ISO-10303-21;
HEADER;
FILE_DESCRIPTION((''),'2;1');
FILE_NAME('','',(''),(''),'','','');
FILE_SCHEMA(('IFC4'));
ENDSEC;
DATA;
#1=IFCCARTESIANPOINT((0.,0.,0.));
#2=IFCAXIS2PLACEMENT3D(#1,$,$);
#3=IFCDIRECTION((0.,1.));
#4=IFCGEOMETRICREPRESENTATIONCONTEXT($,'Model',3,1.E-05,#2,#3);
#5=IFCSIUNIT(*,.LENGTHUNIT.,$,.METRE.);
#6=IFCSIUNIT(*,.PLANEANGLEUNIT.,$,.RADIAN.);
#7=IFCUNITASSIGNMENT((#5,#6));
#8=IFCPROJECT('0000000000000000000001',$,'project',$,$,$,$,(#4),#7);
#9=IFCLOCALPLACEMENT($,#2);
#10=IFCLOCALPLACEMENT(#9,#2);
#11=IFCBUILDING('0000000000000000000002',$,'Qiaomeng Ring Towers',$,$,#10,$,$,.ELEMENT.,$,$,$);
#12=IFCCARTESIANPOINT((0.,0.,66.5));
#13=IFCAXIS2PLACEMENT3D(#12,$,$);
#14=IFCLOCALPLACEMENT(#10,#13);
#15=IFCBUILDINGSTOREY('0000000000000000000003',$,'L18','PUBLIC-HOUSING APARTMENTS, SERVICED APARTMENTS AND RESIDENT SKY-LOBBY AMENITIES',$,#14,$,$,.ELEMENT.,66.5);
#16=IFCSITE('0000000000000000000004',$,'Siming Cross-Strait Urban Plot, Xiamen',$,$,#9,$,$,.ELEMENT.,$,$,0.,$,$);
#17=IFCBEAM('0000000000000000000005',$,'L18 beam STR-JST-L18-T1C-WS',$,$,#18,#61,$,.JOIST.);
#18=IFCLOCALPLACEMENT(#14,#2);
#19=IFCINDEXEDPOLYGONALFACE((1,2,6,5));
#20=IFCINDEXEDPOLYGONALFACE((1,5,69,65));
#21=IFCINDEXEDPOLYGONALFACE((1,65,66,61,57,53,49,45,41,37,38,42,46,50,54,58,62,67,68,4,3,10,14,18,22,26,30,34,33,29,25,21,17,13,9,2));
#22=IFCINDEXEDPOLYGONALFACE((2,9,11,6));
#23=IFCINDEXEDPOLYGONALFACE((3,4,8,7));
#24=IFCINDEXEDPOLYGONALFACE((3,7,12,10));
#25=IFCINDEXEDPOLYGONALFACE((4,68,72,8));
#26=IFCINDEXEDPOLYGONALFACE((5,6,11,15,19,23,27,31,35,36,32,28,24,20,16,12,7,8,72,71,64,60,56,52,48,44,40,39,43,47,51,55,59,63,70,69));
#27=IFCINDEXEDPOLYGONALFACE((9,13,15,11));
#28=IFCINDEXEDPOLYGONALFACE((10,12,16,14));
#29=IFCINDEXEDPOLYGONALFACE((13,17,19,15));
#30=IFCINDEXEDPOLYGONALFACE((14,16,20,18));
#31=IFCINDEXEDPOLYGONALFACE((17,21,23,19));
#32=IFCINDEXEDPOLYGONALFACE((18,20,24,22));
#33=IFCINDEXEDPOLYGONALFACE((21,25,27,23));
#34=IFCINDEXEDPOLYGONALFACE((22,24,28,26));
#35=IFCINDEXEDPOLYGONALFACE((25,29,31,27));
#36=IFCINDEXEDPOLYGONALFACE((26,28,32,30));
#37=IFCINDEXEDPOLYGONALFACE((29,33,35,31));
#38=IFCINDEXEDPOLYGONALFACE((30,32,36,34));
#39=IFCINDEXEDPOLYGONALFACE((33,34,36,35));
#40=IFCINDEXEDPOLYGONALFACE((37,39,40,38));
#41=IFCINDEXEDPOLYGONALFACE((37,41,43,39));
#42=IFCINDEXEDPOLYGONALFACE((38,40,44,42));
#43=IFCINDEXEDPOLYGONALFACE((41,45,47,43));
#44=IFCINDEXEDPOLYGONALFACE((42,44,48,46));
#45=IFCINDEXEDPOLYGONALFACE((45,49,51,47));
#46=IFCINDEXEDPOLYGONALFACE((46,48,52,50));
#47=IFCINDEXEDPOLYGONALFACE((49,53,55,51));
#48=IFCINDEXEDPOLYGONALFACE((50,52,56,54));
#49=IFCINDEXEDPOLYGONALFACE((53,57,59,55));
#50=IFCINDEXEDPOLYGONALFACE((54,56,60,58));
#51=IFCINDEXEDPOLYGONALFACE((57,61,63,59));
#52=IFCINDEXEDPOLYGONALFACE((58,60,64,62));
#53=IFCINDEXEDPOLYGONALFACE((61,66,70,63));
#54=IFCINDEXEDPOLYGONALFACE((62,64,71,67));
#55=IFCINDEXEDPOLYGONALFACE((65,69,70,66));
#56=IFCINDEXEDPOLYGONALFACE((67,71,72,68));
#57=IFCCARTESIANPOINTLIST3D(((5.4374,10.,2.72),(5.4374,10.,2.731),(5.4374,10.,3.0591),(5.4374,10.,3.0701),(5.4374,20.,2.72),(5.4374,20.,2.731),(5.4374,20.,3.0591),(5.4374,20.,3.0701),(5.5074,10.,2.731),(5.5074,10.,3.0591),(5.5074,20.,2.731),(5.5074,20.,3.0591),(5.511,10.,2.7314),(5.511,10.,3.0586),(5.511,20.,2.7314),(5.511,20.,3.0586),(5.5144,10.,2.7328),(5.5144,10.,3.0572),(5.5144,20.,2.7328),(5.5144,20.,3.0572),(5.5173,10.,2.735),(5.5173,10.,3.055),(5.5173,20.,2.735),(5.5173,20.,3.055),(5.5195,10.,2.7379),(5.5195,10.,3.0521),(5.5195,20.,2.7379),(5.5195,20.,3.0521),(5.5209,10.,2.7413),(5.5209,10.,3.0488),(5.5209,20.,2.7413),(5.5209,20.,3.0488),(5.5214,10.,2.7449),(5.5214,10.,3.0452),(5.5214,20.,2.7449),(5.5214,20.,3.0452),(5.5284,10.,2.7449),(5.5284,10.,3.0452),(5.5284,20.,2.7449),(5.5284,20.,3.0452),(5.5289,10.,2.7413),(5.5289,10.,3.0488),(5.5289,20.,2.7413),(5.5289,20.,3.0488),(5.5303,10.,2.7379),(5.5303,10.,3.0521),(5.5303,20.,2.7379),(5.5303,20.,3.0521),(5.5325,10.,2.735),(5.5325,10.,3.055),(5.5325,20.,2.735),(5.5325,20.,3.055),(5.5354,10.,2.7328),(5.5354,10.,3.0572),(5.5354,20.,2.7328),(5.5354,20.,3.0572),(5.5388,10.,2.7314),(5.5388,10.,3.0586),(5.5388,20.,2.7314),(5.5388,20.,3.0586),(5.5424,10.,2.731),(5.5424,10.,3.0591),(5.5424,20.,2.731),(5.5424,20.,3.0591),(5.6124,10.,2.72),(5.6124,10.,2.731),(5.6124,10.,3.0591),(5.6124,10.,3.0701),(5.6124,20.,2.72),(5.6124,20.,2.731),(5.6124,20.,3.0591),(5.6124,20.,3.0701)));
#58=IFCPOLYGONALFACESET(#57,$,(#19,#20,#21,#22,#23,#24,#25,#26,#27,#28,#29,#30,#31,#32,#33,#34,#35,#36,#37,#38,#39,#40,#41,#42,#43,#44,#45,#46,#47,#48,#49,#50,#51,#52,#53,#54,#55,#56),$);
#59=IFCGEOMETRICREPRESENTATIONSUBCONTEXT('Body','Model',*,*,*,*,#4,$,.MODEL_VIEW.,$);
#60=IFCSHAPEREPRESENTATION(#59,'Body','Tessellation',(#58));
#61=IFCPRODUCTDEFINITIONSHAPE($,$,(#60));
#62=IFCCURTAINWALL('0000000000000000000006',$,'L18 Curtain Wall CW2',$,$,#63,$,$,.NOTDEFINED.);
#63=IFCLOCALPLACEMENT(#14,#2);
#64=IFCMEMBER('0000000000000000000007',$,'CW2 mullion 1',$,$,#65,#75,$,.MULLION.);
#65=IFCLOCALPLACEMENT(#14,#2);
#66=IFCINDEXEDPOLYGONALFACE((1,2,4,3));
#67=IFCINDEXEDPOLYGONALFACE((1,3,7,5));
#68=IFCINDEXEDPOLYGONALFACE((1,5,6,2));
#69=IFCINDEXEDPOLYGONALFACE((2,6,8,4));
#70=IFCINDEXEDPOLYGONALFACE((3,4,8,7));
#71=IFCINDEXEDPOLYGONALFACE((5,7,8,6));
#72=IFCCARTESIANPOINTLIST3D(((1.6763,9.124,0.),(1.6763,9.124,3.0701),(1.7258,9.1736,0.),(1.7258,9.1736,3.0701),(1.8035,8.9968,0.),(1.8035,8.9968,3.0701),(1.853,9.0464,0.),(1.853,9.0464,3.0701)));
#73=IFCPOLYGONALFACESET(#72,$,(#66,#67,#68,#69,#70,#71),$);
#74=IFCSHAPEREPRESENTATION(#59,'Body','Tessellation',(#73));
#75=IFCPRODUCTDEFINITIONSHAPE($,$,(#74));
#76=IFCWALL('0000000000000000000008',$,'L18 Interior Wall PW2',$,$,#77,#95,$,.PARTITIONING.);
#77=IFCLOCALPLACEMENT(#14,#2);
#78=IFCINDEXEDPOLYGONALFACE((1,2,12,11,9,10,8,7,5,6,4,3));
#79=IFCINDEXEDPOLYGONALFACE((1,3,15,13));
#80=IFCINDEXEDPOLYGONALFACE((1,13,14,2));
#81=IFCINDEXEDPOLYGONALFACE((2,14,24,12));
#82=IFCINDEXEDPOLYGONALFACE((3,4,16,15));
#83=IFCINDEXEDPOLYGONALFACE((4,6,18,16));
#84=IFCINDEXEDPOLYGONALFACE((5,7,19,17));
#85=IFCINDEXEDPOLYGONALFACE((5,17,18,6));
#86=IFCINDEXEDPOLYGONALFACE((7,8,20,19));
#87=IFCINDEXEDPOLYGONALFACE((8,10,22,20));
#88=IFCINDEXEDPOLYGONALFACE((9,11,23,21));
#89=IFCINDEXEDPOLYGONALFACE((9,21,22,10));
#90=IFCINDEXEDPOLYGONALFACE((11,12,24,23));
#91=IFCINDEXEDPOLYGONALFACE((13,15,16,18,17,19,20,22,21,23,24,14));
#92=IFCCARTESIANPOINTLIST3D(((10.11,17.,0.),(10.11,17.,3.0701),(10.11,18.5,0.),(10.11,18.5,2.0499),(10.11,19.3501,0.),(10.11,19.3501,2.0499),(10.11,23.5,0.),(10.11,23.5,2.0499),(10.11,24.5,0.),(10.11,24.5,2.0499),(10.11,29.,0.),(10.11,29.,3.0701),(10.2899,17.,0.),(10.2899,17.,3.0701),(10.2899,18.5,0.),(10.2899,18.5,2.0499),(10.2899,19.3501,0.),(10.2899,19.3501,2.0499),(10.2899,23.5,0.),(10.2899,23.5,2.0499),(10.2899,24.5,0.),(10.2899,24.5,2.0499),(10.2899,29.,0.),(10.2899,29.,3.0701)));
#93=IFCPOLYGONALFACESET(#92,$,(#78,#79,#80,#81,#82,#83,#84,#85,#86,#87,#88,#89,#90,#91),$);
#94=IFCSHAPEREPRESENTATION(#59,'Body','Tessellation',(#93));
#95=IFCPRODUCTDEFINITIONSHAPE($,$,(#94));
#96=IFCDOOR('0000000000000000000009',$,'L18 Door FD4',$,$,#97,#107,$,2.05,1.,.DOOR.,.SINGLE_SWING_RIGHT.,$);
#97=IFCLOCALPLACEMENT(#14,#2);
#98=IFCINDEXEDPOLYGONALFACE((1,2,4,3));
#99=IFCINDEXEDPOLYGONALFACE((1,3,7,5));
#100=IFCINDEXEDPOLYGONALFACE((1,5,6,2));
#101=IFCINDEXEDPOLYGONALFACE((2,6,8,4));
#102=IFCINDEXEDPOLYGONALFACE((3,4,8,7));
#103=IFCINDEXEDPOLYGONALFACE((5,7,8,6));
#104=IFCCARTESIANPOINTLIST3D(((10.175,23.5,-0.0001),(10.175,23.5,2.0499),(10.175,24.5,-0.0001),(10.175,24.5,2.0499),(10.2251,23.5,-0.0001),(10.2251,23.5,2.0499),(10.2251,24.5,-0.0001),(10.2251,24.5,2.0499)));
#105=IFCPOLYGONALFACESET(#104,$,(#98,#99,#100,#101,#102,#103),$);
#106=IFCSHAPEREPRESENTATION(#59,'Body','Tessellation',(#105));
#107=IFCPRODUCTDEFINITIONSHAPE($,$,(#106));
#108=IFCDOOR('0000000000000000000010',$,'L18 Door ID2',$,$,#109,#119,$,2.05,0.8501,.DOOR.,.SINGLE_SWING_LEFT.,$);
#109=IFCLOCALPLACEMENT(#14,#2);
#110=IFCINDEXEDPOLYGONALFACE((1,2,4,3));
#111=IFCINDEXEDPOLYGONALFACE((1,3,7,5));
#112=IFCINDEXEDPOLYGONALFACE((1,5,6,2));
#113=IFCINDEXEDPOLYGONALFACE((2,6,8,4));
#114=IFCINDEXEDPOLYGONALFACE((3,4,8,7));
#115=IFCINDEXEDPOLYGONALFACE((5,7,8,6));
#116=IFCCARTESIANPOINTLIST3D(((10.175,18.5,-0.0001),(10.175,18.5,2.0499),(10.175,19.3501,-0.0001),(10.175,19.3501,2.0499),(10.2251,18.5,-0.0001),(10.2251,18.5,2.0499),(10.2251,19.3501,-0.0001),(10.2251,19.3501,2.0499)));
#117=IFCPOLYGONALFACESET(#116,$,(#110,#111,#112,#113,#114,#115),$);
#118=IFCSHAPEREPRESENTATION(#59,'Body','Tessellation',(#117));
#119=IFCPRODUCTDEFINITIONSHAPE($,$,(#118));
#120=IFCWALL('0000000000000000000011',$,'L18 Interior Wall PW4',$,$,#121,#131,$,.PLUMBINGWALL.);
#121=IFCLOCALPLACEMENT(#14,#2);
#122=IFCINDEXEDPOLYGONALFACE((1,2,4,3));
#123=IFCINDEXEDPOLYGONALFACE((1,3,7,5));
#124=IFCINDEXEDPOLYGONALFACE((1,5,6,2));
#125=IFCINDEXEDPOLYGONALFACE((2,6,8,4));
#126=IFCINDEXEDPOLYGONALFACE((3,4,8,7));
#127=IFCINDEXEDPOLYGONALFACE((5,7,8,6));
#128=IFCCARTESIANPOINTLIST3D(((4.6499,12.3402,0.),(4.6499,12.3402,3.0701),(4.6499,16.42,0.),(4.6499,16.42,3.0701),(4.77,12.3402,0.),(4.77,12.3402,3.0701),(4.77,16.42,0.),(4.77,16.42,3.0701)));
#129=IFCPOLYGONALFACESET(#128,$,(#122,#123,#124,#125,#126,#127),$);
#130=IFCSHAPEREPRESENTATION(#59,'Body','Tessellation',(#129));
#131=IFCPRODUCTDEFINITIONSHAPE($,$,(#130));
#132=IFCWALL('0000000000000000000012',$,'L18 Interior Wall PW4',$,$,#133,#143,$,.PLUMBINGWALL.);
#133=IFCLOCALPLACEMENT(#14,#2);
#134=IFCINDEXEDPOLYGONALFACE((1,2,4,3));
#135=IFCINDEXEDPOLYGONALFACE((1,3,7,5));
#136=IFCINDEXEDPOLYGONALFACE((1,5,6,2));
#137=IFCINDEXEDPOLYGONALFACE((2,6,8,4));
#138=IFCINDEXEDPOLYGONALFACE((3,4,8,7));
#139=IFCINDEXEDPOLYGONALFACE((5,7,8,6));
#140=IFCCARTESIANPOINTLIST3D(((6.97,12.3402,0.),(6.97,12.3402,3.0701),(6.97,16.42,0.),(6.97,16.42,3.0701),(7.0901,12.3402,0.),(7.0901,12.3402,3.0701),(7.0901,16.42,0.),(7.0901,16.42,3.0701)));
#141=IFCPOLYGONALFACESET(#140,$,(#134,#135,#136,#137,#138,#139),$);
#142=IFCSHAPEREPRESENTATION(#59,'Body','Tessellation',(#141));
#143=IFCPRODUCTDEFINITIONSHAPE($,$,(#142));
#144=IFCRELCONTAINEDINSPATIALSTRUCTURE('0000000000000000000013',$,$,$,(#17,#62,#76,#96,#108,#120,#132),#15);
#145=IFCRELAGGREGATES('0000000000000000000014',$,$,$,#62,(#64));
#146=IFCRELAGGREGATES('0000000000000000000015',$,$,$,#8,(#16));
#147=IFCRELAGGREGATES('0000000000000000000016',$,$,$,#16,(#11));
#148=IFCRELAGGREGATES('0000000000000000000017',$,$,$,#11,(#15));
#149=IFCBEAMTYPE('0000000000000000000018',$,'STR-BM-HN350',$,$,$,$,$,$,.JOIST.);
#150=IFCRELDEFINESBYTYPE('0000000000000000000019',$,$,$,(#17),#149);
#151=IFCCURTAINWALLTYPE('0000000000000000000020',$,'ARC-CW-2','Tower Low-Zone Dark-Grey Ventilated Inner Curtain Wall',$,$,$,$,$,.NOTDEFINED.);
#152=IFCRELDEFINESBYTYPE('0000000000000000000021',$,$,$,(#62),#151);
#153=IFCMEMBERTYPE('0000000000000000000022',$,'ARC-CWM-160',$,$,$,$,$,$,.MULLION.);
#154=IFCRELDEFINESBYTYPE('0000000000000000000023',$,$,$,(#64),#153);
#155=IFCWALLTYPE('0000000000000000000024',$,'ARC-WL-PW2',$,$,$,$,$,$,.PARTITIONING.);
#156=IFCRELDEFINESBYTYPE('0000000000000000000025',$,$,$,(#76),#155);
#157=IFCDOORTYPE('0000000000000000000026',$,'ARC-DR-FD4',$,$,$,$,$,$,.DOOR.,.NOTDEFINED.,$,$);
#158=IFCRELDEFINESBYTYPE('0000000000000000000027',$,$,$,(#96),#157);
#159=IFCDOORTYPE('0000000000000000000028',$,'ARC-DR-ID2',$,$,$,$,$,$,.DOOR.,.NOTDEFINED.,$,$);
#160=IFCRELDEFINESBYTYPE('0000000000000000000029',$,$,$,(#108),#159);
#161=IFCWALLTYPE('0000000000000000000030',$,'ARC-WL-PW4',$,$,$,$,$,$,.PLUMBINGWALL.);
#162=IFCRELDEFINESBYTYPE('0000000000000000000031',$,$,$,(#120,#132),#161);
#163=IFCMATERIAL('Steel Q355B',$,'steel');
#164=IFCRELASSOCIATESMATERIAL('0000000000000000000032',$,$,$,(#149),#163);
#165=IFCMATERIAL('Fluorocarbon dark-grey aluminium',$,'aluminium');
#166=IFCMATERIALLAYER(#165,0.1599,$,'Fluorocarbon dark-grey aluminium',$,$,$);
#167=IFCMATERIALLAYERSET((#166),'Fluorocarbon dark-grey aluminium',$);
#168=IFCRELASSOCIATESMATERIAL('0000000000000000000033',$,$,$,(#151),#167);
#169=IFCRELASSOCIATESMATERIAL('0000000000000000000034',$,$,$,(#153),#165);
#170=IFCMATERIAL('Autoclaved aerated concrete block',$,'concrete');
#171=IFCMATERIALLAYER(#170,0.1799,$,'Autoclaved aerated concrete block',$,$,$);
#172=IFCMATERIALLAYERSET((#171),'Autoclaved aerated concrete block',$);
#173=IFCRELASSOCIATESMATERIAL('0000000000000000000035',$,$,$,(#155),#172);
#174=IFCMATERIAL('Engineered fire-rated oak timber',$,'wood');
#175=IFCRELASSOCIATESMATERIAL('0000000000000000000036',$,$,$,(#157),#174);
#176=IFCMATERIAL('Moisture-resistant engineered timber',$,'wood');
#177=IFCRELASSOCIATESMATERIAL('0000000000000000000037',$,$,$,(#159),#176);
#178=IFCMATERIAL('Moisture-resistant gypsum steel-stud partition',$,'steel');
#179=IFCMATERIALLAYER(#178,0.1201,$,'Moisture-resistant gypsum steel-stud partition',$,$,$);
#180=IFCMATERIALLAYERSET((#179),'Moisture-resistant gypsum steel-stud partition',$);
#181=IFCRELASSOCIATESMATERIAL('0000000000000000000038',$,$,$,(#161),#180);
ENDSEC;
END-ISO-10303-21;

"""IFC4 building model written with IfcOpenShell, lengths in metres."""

from ifc_helpers import new_model, si_unit, direction, frame, frame_2d, origin, origin_2d, place, context, subcontext, project, spatial, rectangle, i_section, extrude, source, transform, mapped, material, layer, layer_set, material_profile, profile_set, type_object, element, fill, aggregate, save


model = new_model("IFC4")

# Units and contexts
model_context = context("Model", 3, precision=1e-05, world=origin(), true_north=direction((0.0, 1.0)))
body_context = subcontext(model_context, "Body", "Model", "MODEL_VIEW")
ifc_project = project(units=[si_unit("LENGTHUNIT", "METRE"), si_unit("PLANEANGLEUNIT", "RADIAN")], contexts=[model_context])

# Site, building, storey
site_placement = place(None, origin())
site = spatial("IfcSite", under=ifc_project, at=site_placement, Name="Siming Cross-Strait Urban Plot, Xiamen", CompositionType="ELEMENT", RefElevation=0.0)
building_placement = place(site_placement, origin())
building = spatial("IfcBuilding", under=site, at=building_placement, Name="Qiaomeng Ring Towers", CompositionType="ELEMENT")
storey_placement = place(building_placement, frame((0.0, 0.0, 66.5)))
storey = spatial("IfcBuildingStorey", under=building, at=storey_placement, Name="L18", Description="PUBLIC-HOUSING APARTMENTS, SERVICED APARTMENTS AND RESIDENT SKY-LOBBY AMENITIES", CompositionType="ELEMENT", Elevation=66.5)

# Beam
ifc_material_1 = material(Name="Steel Q355B", Category="steel")
ifc_material_profile_1 = material_profile(ifc_material_1, i_section(OverallWidth=0.175, OverallDepth=0.3501, WebThickness=0.0071, FlangeThickness=0.011, FilletRadius=0.0139, at=origin_2d()), Name="HN 350x175x7x11")
ifc_profile_set_1 = profile_set([ifc_material_profile_1], Name="Steel Q355B")
beam_type = type_object("IfcBeamType", Name="STR-BM-HN350", PredefinedType="JOIST", material=ifc_profile_set_1)
shared_shape_1 = source(origin(), body_context, "Body", "SweptSolid", [
    extrude(i_section(OverallWidth=0.175, OverallDepth=0.3501, WebThickness=0.0071, FlangeThickness=0.011, FilletRadius=0.0139, at=origin_2d()), origin(), (0.0, 0.0, 1.0), 10.0),
])
beam_placement = place(storey_placement, frame((5.5249, 10.0, 2.895), z_axis=(0.0, 1.0, 0.0), x_axis=(-1.0, 0.0, 0.0)))
element("IfcBeam", 1, at=beam_placement, inside=storey, type_object=beam_type, Name="L18 beam STR-JST-L18-T1C-WS", PredefinedType="JOIST", context=body_context, shape_type="MappedRepresentation", body=[
    mapped(shared_shape_1, transform((0.0, 0.0, 0.0), x_axis=(1.0, 0.0, 0.0), y_axis=(0.0, 1.0, 0.0), z_axis=(0.0, 0.0, 1.0), scale=1.0)),
])

# Curtain wall, member
ifc_material_2 = material(Name="Fluorocarbon dark-grey aluminium", Category="aluminium")
ifc_layer_1 = layer(ifc_material_2, 0.1599, Name="Fluorocarbon dark-grey aluminium")
ifc_layer_set_1 = layer_set([ifc_layer_1], Name="Fluorocarbon dark-grey aluminium")
curtain_wall_type = type_object("IfcCurtainWallType", Name="ARC-CW-2", Description="Tower Low-Zone Dark-Grey Ventilated Inner Curtain Wall", PredefinedType="NOTDEFINED", material=ifc_layer_set_1)
curtain_wall_placement = place(storey_placement, origin())
curtain_wall = element("IfcCurtainWall", 2, at=curtain_wall_placement, inside=storey, type_object=curtain_wall_type, Name="L18 Curtain Wall CW2", PredefinedType="NOTDEFINED")
ifc_material_profile_2 = material_profile(ifc_material_2, rectangle(XDim=0.0701, YDim=0.1799, at=origin_2d()), Name="ALU MULL 70x180")
ifc_profile_set_2 = profile_set([ifc_material_profile_2], Name="Fluorocarbon dark-grey aluminium")
member_type = type_object("IfcMemberType", Name="ARC-CWM-160", PredefinedType="MULLION", material=ifc_profile_set_2)
shared_shape_2 = source(origin(), body_context, "Body", "SweptSolid", [
    extrude(rectangle(XDim=0.0701, YDim=0.1799, at=origin_2d()), origin(), (0.0, 0.0, 1.0), 3.0701),
])
member_placement = place(storey_placement, frame((1.7646, 9.0852, 0.0), z_axis=(0.0, 0.0, 1.0), x_axis=(0.707107, 0.707107, 0.0)))
member = element("IfcMember", 3, at=member_placement, type_object=member_type, Name="CW2 mullion 1", PredefinedType="MULLION", context=body_context, shape_type="MappedRepresentation", body=[
    mapped(shared_shape_2, transform((0.0, 0.0, 0.0), x_axis=(1.0, 0.0, 0.0), y_axis=(0.0, 1.0, 0.0), z_axis=(0.0, 0.0, 1.0), scale=1.0)),
])
aggregate(curtain_wall, [member])

# Wall, openings, doors
ifc_material_3 = material(Name="Autoclaved aerated concrete block", Category="concrete")
ifc_layer_2 = layer(ifc_material_3, 0.1799, Name="Autoclaved aerated concrete block")
ifc_layer_set_2 = layer_set([ifc_layer_2], Name="Autoclaved aerated concrete block")
wall_type_1 = type_object("IfcWallType", Name="ARC-WL-PW2", PredefinedType="PARTITIONING", material=ifc_layer_set_2)
wall_1_placement = place(storey_placement, frame((10.2, 17.0, 0.0), z_axis=(0.0, 0.0, 1.0), x_axis=(0.0, 1.0, 0.0)))
wall_1 = element("IfcWall", 4, at=wall_1_placement, inside=storey, type_object=wall_type_1, Name="L18 Interior Wall PW2", PredefinedType="PARTITIONING", context=body_context, shape_type="SweptSolid", body=[
    extrude(rectangle(XDim=12.0, YDim=0.1799, at=frame_2d((6.0, 0.0))), origin(), (0.0, 0.0, 1.0), 3.0701),
])
opening_1_placement = place(wall_1_placement, frame((1.5, 0.0, 0.0)))
opening_1 = element("IfcOpeningElement", 5, at=opening_1_placement, cuts=wall_1, PredefinedType="OPENING", context=body_context, shape_type="SweptSolid", body=[
    extrude(rectangle(XDim=0.8501, YDim=2.05, at=frame_2d((0.425, 1.0249))), frame((0.0, 0.0999, 0.0), z_axis=(0.0, -1.0, 0.0), x_axis=(1.0, 0.0, 0.0)), (0.0, 0.0, 1.0), 0.2),
])
opening_2_placement = place(wall_1_placement, frame((6.5, 0.0, 0.0)))
opening_2 = element("IfcOpeningElement", 6, at=opening_2_placement, cuts=wall_1, PredefinedType="OPENING", context=body_context, shape_type="SweptSolid", body=[
    extrude(rectangle(XDim=1.0, YDim=2.05, at=frame_2d((0.5, 1.0249))), frame((0.0, 0.0999, 0.0), z_axis=(0.0, -1.0, 0.0), x_axis=(1.0, 0.0, 0.0)), (0.0, 0.0, 1.0), 0.2),
])
ifc_material_4 = material(Name="Engineered fire-rated oak timber", Category="wood")
door_type_1 = type_object("IfcDoorType", Name="ARC-DR-FD4", OperationType="NOTDEFINED", PredefinedType="DOOR", material=ifc_material_4)
shared_shape_3 = source(origin(), body_context, "Body", "SweptSolid", [
    extrude(rectangle(XDim=1.0, YDim=2.05, at=frame_2d((0.5, 1.0249))), frame((0.0, 0.0249, 0.0), z_axis=(0.0, -1.0, 0.0), x_axis=(1.0, 0.0, 0.0)), (0.0, 0.0, 1.0), 0.05),
])
door_1_placement = place(opening_2_placement, origin())
door_1 = element("IfcDoor", 7, at=door_1_placement, inside=storey, type_object=door_type_1, Name="L18 Door FD4", OperationType="SINGLE_SWING_RIGHT", OverallHeight=2.05, OverallWidth=1.0, PredefinedType="DOOR", context=body_context, shape_type="MappedRepresentation", body=[
    mapped(shared_shape_3, transform((0.0, 0.0, 0.0), x_axis=(1.0, 0.0, 0.0), y_axis=(0.0, 1.0, 0.0), z_axis=(0.0, 0.0, 1.0), scale=1.0)),
])
fill(opening_2, door_1)
ifc_material_5 = material(Name="Moisture-resistant engineered timber", Category="wood")
door_type_2 = type_object("IfcDoorType", Name="ARC-DR-ID2", OperationType="NOTDEFINED", PredefinedType="DOOR", material=ifc_material_5)
shared_shape_4 = source(origin(), body_context, "Body", "SweptSolid", [
    extrude(rectangle(XDim=0.8501, YDim=2.05, at=frame_2d((0.425, 1.0249))), frame((0.0, 0.0249, 0.0), z_axis=(0.0, -1.0, 0.0), x_axis=(1.0, 0.0, 0.0)), (0.0, 0.0, 1.0), 0.05),
])
door_2_placement = place(opening_1_placement, origin())
door_2 = element("IfcDoor", 8, at=door_2_placement, inside=storey, type_object=door_type_2, Name="L18 Door ID2", OperationType="SINGLE_SWING_LEFT", OverallHeight=2.05, OverallWidth=0.8501, PredefinedType="DOOR", context=body_context, shape_type="MappedRepresentation", body=[
    mapped(shared_shape_4, transform((0.0, 0.0, 0.0), x_axis=(1.0, 0.0, 0.0), y_axis=(0.0, 1.0, 0.0), z_axis=(0.0, 0.0, 1.0), scale=1.0)),
])
fill(opening_1, door_2)

# Walls
ifc_material_6 = material(Name="Moisture-resistant gypsum steel-stud partition", Category="steel")
ifc_layer_3 = layer(ifc_material_6, 0.1201, Name="Moisture-resistant gypsum steel-stud partition")
ifc_layer_set_3 = layer_set([ifc_layer_3], Name="Moisture-resistant gypsum steel-stud partition")
wall_type_2 = type_object("IfcWallType", Name="ARC-WL-PW4", PredefinedType="PLUMBINGWALL", material=ifc_layer_set_3)
for number, where, z_axis, x_axis, name in (
    (9, (4.71, 12.3401, 0.0), (0.0, 0.0, 1.0), (0.0, 1.0, 0.0), "L18 Interior Wall PW4"),
    (10, (7.03, 12.3401, 0.0), (0.0, 0.0, 1.0), (0.0, 1.0, 0.0), "L18 Interior Wall PW4"),
):
    element("IfcWall", number, at=place(storey_placement, frame(where, z_axis=z_axis, x_axis=x_axis)), inside=storey, type_object=wall_type_2, Name=name, PredefinedType="PLUMBINGWALL", context=body_context, shape_type="SweptSolid", body=[
        extrude(rectangle(XDim=4.0798, YDim=0.1201, at=frame_2d((2.04, 0.0))), origin(), (0.0, 0.0, 1.0), 3.0701),
    ])

save(model, "model.ifc")
